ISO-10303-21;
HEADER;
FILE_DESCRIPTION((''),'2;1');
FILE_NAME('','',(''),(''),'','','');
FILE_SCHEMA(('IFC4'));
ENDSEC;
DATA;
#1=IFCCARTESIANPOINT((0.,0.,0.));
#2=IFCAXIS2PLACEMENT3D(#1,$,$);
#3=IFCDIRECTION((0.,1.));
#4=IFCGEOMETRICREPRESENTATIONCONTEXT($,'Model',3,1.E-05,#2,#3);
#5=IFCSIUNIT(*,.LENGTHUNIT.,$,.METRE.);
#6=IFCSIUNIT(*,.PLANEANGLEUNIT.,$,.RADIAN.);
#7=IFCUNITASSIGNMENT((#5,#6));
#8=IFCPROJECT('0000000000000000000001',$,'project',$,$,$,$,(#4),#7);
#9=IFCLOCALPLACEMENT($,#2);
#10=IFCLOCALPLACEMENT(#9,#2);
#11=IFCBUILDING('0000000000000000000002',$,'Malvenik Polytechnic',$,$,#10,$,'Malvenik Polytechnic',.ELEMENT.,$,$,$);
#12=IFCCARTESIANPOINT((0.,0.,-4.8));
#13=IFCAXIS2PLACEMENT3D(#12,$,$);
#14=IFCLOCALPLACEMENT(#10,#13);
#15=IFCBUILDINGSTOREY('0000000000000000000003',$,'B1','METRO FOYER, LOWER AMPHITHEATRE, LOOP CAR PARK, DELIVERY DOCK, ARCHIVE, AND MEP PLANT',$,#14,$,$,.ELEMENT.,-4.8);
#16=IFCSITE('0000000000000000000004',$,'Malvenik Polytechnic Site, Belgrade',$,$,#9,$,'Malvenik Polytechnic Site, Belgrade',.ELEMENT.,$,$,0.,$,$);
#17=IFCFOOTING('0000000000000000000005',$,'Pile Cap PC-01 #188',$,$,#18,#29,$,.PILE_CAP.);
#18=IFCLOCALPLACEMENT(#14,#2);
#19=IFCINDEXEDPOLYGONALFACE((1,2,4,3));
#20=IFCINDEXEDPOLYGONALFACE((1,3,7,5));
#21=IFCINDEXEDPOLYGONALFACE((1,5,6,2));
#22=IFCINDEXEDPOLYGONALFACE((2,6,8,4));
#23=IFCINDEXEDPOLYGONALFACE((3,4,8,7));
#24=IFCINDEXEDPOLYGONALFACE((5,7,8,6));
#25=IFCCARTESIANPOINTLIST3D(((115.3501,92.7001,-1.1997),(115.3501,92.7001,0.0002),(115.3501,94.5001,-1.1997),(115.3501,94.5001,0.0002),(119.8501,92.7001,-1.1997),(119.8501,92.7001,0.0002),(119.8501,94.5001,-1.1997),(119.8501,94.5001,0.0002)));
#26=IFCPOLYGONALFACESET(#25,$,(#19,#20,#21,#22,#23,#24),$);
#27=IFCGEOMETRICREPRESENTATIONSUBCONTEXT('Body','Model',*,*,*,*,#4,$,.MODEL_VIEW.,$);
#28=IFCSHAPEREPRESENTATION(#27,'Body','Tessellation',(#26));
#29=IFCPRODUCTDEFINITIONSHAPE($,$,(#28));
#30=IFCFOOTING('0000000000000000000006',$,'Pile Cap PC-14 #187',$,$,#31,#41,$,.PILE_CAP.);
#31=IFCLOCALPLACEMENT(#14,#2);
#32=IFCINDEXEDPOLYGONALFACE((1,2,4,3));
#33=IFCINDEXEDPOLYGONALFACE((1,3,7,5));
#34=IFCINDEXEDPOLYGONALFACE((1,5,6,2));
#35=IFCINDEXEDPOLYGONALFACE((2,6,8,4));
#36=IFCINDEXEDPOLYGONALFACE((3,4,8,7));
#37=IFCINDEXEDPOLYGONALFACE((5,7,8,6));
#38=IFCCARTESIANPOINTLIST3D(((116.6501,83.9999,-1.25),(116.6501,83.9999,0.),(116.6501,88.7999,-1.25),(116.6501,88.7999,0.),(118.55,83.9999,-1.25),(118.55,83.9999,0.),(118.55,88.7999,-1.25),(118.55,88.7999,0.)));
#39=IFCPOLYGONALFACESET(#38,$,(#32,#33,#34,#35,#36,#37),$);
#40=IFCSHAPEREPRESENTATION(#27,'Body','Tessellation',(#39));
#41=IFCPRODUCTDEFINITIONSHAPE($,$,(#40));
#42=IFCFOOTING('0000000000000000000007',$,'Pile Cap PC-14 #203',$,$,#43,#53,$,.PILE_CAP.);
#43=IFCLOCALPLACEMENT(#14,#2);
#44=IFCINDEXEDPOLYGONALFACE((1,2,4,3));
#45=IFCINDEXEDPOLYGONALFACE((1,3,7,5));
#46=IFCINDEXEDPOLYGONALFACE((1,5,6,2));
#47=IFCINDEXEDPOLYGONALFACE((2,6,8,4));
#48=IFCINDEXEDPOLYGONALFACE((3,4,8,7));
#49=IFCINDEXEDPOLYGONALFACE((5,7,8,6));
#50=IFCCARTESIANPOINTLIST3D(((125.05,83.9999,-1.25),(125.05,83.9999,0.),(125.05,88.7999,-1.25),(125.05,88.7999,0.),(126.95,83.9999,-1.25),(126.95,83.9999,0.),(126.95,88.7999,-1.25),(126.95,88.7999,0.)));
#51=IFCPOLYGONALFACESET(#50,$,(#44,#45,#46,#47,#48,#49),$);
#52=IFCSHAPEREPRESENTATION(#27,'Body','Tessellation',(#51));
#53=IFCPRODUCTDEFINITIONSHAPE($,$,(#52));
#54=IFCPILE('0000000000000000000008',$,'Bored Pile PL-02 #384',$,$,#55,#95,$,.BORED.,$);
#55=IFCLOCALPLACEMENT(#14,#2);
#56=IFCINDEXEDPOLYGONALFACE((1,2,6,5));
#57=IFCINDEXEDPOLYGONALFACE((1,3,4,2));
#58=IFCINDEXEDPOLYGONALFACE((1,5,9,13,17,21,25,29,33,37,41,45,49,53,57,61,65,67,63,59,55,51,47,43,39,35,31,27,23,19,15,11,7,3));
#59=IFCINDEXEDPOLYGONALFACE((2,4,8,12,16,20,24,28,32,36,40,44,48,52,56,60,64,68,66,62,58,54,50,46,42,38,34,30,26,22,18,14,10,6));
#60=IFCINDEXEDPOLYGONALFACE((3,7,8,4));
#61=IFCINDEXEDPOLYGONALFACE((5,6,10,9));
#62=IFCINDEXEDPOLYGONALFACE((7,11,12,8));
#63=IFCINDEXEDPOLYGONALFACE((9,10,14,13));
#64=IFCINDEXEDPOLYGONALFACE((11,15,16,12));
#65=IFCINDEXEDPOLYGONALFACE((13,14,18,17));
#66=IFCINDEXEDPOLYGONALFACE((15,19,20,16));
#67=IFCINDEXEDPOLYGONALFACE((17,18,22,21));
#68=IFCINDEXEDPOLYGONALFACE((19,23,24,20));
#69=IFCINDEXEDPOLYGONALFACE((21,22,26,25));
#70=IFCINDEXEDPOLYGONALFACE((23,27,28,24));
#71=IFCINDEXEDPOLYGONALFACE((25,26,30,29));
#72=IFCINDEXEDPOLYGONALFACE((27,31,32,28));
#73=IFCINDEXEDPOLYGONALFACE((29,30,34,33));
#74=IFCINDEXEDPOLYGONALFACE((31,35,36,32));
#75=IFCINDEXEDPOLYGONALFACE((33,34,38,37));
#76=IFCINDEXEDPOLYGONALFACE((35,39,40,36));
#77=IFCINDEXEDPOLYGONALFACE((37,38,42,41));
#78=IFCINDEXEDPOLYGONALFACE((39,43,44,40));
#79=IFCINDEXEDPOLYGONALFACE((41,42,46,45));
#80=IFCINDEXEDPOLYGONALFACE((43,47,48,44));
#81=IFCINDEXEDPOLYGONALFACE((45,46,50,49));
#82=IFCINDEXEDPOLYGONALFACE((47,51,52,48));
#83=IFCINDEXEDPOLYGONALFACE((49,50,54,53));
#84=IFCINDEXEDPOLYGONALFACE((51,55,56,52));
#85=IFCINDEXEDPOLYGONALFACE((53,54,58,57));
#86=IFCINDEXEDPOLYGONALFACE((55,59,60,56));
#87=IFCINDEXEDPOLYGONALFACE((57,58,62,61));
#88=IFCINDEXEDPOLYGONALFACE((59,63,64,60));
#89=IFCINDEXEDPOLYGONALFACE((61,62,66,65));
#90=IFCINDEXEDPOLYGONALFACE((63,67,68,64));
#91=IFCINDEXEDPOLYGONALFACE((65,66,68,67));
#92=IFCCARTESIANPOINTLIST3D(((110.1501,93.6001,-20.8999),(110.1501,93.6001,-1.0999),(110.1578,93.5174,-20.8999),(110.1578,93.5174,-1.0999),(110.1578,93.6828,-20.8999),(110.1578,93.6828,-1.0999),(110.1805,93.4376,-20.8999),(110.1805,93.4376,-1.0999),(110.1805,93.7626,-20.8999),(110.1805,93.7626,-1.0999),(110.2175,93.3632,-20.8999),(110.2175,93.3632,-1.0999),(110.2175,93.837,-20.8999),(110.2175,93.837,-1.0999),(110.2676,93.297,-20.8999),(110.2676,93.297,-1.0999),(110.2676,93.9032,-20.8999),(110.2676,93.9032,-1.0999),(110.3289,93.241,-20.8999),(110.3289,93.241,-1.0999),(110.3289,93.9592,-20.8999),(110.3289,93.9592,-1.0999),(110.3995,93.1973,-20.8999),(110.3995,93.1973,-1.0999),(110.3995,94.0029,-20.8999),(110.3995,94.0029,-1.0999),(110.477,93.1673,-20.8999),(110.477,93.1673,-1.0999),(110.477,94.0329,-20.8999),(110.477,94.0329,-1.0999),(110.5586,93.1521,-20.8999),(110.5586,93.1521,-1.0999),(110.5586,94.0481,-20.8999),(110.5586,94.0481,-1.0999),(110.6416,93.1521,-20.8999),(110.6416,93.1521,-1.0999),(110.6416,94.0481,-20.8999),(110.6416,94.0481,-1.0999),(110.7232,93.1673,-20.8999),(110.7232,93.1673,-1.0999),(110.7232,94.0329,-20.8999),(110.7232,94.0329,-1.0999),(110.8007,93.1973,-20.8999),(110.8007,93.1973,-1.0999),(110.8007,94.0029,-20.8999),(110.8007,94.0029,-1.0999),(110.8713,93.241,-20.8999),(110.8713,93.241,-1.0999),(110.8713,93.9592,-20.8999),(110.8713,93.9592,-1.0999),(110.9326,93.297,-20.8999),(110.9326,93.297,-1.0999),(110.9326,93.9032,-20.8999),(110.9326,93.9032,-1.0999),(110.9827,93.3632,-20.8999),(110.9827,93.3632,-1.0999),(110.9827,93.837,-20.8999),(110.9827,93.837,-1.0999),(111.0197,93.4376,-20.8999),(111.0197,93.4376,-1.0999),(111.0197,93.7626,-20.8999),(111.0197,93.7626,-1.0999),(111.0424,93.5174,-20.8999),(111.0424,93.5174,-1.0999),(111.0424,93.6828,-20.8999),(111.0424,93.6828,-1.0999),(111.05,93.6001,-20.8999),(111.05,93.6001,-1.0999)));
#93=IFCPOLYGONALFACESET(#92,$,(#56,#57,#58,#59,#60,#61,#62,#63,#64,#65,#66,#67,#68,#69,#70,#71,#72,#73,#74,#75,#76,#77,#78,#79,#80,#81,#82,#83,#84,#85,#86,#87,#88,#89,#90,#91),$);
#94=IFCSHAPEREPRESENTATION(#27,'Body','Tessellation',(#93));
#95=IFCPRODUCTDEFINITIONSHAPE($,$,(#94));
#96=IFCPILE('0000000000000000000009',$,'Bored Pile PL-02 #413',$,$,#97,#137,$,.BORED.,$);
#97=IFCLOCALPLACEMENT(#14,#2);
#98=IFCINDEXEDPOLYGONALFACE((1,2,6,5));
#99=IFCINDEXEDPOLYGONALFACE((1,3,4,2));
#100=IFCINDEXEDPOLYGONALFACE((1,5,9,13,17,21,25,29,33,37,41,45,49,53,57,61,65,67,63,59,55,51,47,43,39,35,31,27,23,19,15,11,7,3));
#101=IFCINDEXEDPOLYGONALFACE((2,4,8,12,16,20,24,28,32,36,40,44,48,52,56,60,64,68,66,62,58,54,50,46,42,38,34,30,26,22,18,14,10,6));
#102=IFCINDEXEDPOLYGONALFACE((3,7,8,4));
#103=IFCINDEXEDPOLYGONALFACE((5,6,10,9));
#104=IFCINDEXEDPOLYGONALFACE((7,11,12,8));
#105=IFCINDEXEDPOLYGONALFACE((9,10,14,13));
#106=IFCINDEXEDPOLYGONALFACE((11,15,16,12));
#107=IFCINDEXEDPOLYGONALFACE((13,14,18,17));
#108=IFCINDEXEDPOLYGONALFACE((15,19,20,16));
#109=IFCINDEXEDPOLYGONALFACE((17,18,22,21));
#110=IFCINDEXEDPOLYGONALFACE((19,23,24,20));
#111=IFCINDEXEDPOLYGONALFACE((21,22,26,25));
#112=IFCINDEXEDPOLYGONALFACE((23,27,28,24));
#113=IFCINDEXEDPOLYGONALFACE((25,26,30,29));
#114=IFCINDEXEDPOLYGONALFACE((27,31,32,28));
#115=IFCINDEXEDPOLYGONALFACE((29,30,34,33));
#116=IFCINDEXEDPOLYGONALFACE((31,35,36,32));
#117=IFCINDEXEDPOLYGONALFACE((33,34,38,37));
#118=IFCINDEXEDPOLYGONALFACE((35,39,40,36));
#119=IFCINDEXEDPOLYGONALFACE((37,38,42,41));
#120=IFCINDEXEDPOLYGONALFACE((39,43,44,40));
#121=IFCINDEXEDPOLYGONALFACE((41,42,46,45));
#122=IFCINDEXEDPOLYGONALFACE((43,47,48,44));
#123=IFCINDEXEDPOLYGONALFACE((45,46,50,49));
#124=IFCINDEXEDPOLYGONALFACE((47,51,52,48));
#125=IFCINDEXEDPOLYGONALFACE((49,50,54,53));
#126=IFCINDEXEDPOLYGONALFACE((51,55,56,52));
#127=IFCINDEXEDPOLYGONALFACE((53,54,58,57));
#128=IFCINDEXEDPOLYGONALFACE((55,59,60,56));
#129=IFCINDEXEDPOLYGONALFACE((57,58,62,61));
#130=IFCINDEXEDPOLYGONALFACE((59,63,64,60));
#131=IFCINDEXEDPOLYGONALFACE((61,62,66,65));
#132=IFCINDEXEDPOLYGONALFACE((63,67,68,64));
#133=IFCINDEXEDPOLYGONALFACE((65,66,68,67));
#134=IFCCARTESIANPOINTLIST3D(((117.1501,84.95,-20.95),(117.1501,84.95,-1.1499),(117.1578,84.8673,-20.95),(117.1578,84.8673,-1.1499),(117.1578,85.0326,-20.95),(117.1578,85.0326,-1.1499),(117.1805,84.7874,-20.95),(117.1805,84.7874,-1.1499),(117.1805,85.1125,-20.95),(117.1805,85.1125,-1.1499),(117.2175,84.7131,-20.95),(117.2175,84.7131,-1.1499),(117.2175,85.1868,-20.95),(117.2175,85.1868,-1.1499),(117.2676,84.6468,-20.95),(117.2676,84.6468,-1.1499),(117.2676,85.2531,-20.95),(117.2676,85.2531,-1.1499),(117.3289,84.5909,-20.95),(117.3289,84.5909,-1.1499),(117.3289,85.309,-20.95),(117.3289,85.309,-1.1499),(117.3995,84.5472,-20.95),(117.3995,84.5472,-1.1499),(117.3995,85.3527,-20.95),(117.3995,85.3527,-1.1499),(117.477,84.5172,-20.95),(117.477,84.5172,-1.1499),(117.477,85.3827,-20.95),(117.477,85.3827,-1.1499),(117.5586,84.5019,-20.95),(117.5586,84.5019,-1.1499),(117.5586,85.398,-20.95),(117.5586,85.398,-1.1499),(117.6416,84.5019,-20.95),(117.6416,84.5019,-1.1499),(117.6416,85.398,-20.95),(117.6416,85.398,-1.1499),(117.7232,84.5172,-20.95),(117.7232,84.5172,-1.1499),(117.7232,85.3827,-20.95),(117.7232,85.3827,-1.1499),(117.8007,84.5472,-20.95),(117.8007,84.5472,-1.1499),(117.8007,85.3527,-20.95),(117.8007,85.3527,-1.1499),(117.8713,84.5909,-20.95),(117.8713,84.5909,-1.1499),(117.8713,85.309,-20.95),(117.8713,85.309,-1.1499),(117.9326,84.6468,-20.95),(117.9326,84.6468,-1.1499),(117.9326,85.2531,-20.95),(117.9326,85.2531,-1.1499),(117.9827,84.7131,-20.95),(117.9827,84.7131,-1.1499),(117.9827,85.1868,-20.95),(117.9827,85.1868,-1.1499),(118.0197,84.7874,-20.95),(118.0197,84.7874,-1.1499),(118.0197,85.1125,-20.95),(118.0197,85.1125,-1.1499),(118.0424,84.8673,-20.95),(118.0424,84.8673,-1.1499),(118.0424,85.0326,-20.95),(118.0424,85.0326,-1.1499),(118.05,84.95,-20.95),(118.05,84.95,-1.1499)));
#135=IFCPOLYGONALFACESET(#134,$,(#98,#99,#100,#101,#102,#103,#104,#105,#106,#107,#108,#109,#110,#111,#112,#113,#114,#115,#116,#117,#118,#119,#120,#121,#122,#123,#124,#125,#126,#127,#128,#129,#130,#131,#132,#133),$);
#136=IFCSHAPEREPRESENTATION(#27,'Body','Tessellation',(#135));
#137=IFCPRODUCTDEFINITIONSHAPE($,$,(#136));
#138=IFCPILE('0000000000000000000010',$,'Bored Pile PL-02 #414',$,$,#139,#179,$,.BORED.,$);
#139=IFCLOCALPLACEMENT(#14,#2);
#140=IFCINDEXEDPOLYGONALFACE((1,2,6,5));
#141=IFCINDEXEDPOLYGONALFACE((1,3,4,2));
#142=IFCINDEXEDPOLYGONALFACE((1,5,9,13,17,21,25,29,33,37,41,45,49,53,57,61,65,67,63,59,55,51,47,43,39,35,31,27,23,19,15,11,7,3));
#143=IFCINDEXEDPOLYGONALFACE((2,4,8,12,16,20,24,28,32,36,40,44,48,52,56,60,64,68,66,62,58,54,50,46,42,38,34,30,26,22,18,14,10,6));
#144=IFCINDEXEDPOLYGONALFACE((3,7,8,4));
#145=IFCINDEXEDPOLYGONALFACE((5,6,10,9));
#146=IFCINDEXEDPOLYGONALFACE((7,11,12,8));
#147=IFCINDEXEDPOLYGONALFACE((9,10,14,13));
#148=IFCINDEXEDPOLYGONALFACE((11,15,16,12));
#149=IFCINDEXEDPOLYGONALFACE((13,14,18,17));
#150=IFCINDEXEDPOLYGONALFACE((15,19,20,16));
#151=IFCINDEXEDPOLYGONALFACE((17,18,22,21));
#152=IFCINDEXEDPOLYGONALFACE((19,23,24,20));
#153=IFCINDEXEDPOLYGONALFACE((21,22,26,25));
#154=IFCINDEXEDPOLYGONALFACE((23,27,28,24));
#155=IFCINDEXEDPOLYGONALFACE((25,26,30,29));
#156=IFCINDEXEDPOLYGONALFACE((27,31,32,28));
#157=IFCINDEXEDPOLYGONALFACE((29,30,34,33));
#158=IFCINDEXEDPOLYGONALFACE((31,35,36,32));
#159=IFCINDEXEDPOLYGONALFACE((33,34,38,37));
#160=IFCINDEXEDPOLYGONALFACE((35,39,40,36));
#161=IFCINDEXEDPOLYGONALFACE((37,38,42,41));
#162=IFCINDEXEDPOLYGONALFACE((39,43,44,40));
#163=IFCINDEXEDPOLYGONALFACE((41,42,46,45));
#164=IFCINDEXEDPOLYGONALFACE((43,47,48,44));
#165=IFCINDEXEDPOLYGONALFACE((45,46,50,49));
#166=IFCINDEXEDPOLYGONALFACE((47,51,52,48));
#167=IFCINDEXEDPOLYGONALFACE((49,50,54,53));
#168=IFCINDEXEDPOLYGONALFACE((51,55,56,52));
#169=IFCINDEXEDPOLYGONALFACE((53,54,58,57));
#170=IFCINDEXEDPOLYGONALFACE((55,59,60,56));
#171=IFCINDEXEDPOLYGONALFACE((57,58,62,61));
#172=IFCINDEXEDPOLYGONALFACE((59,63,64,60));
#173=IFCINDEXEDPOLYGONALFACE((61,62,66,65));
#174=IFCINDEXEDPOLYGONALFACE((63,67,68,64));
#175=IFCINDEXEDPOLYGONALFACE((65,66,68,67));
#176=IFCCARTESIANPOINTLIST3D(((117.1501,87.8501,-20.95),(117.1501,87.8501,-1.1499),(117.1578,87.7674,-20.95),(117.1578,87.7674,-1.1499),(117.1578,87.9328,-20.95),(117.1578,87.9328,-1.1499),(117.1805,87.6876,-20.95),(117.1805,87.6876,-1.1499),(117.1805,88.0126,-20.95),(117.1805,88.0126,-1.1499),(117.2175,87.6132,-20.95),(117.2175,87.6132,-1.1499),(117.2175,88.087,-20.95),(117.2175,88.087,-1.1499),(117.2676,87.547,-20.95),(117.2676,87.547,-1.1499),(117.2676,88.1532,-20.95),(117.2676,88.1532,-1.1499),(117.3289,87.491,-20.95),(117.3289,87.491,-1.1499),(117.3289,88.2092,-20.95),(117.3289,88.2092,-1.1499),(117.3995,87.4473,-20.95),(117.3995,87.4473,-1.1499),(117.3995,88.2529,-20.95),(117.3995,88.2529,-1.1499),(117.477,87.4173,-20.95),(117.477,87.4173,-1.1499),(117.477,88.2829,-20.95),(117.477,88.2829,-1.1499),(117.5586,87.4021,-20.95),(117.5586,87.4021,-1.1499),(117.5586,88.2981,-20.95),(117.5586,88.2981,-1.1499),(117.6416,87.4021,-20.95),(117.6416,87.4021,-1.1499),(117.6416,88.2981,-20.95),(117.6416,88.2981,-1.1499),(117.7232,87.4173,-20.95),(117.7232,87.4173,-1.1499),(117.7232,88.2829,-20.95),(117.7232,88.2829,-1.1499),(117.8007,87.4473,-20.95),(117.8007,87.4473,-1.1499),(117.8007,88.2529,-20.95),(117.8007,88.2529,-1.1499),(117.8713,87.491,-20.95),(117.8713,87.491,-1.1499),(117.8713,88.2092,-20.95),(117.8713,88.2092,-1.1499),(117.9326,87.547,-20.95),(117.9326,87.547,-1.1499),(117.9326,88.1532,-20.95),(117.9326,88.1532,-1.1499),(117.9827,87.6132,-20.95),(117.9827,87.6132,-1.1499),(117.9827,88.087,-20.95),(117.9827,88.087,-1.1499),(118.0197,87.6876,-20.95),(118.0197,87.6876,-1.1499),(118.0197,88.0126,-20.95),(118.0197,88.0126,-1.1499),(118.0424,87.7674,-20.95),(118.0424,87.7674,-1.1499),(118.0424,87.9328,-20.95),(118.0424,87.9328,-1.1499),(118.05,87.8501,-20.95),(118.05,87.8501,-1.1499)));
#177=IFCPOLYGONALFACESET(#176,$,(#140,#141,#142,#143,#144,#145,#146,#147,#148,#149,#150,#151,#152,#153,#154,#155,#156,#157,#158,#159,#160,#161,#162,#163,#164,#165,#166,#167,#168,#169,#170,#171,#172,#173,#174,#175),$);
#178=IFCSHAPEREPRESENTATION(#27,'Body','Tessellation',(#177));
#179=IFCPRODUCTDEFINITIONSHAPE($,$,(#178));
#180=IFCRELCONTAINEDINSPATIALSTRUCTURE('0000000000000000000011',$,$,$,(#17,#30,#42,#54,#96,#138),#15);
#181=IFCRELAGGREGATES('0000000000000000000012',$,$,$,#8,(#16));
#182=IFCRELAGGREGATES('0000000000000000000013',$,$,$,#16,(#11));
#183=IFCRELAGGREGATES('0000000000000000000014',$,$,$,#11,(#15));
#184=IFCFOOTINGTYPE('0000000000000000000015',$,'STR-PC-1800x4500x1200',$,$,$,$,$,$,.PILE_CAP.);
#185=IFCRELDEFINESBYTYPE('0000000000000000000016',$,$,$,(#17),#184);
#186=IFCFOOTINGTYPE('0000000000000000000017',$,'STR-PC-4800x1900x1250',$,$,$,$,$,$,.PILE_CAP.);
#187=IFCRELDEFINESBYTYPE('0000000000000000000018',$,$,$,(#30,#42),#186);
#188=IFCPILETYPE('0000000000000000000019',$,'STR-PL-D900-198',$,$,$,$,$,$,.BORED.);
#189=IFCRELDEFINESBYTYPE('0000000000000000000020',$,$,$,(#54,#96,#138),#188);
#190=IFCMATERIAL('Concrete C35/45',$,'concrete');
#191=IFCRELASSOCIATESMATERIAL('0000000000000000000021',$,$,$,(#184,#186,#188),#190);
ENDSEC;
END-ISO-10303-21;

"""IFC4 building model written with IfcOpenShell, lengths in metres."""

from ifc_helpers import new_model, si_unit, direction, frame, origin, origin_2d, place, context, subcontext, project, spatial, rectangle, circle, extrude, material, material_profile, profile_set, type_object, element, save


model = new_model("IFC4")

# Units and contexts
model_context = context("Model", 3, precision=1e-05, world=origin(), true_north=direction((0.0, 1.0)))
body_context = subcontext(model_context, "Body", "Model", "MODEL_VIEW")
ifc_project = project(units=[si_unit("LENGTHUNIT", "METRE"), si_unit("PLANEANGLEUNIT", "RADIAN")], contexts=[model_context])

# Site, building, storey
site_placement = place(None, origin())
site = spatial("IfcSite", under=ifc_project, at=site_placement, Name="Malvenik Polytechnic Site, Belgrade", LongName="Malvenik Polytechnic Site, Belgrade", CompositionType="ELEMENT", RefElevation=0.0)
building_placement = place(site_placement, origin())
building = spatial("IfcBuilding", under=site, at=building_placement, Name="Malvenik Polytechnic", LongName="Malvenik Polytechnic", CompositionType="ELEMENT")
storey_placement = place(building_placement, frame((0.0, 0.0, -4.8)))
storey = spatial("IfcBuildingStorey", under=building, at=storey_placement, Name="B1", Description="METRO FOYER, LOWER AMPHITHEATRE, LOOP CAR PARK, DELIVERY DOCK, ARCHIVE, AND MEP PLANT", CompositionType="ELEMENT", Elevation=-4.8)

# Footings
ifc_material_1 = material(Name="Concrete C35/45", Category="concrete")
footing_type_1 = type_object("IfcFootingType", Name="STR-PC-1800x4500x1200", PredefinedType="PILE_CAP", material=ifc_material_1)
footing_placement = place(storey_placement, frame((117.6001, 93.6001, -1.1997), z_axis=(0.0, 0.0, 1.0), x_axis=(1.0, 0.0, 0.0)))
element("IfcFooting", 1, at=footing_placement, inside=storey, type_object=footing_type_1, Name="Pile Cap PC-01 #188", PredefinedType="PILE_CAP", context=body_context, shape_type="SweptSolid", body=[
    extrude(rectangle(XDim=4.5, YDim=1.8, at=origin_2d()), origin(), (0.0, 0.0, 1.0), 1.2),
])
footing_type_2 = type_object("IfcFootingType", Name="STR-PC-4800x1900x1250", PredefinedType="PILE_CAP", material=ifc_material_1)
for number, where, z_axis, x_axis, name in (
    (2, (117.6001, 86.3999, -1.25), (0.0, 0.0, 1.0), (1.0, 0.0, 0.0), "Pile Cap PC-14 #187"),
    (3, (126.0, 86.3999, -1.25), (0.0, 0.0, 1.0), (1.0, 0.0, 0.0), "Pile Cap PC-14 #203"),
):
    element("IfcFooting", number, at=place(storey_placement, frame(where, z_axis=z_axis, x_axis=x_axis)), inside=storey, type_object=footing_type_2, Name=name, PredefinedType="PILE_CAP", context=body_context, shape_type="SweptSolid", body=[
        extrude(rectangle(XDim=1.8999, YDim=4.8, at=origin_2d()), origin(), (0.0, 0.0, 1.0), 1.25),
    ])

# Piles
ifc_material_profile_1 = material_profile(ifc_material_1, circle(Radius=0.45, at=origin_2d()), Name="BORED PILE D900")
ifc_profile_set_1 = profile_set([ifc_material_profile_1], Name="Concrete C35/45")
pile_type = type_object("IfcPileType", Name="STR-PL-D900-198", PredefinedType="BORED", material=ifc_profile_set_1)
for number, where, z_axis, x_axis, name in (
    (4, (110.6001, 93.6001, -1.0999), (0.0, 0.0, -1.0), (1.0, 0.0, 0.0), "Bored Pile PL-02 #384"),
    (5, (117.6001, 84.95, -1.1499), (0.0, 0.0, -1.0), (1.0, 0.0, 0.0), "Bored Pile PL-02 #413"),
    (6, (117.6001, 87.8501, -1.1499), (0.0, 0.0, -1.0), (1.0, 0.0, 0.0), "Bored Pile PL-02 #414"),
):
    element("IfcPile", number, at=place(storey_placement, frame(where, z_axis=z_axis, x_axis=x_axis)), inside=storey, type_object=pile_type, Name=name, PredefinedType="BORED", context=body_context, shape_type="SweptSolid", body=[
        extrude(circle(Radius=0.45, at=origin_2d()), origin(), (0.0, 0.0, 1.0), 19.8),
    ])

save(model, "model.ifc")
